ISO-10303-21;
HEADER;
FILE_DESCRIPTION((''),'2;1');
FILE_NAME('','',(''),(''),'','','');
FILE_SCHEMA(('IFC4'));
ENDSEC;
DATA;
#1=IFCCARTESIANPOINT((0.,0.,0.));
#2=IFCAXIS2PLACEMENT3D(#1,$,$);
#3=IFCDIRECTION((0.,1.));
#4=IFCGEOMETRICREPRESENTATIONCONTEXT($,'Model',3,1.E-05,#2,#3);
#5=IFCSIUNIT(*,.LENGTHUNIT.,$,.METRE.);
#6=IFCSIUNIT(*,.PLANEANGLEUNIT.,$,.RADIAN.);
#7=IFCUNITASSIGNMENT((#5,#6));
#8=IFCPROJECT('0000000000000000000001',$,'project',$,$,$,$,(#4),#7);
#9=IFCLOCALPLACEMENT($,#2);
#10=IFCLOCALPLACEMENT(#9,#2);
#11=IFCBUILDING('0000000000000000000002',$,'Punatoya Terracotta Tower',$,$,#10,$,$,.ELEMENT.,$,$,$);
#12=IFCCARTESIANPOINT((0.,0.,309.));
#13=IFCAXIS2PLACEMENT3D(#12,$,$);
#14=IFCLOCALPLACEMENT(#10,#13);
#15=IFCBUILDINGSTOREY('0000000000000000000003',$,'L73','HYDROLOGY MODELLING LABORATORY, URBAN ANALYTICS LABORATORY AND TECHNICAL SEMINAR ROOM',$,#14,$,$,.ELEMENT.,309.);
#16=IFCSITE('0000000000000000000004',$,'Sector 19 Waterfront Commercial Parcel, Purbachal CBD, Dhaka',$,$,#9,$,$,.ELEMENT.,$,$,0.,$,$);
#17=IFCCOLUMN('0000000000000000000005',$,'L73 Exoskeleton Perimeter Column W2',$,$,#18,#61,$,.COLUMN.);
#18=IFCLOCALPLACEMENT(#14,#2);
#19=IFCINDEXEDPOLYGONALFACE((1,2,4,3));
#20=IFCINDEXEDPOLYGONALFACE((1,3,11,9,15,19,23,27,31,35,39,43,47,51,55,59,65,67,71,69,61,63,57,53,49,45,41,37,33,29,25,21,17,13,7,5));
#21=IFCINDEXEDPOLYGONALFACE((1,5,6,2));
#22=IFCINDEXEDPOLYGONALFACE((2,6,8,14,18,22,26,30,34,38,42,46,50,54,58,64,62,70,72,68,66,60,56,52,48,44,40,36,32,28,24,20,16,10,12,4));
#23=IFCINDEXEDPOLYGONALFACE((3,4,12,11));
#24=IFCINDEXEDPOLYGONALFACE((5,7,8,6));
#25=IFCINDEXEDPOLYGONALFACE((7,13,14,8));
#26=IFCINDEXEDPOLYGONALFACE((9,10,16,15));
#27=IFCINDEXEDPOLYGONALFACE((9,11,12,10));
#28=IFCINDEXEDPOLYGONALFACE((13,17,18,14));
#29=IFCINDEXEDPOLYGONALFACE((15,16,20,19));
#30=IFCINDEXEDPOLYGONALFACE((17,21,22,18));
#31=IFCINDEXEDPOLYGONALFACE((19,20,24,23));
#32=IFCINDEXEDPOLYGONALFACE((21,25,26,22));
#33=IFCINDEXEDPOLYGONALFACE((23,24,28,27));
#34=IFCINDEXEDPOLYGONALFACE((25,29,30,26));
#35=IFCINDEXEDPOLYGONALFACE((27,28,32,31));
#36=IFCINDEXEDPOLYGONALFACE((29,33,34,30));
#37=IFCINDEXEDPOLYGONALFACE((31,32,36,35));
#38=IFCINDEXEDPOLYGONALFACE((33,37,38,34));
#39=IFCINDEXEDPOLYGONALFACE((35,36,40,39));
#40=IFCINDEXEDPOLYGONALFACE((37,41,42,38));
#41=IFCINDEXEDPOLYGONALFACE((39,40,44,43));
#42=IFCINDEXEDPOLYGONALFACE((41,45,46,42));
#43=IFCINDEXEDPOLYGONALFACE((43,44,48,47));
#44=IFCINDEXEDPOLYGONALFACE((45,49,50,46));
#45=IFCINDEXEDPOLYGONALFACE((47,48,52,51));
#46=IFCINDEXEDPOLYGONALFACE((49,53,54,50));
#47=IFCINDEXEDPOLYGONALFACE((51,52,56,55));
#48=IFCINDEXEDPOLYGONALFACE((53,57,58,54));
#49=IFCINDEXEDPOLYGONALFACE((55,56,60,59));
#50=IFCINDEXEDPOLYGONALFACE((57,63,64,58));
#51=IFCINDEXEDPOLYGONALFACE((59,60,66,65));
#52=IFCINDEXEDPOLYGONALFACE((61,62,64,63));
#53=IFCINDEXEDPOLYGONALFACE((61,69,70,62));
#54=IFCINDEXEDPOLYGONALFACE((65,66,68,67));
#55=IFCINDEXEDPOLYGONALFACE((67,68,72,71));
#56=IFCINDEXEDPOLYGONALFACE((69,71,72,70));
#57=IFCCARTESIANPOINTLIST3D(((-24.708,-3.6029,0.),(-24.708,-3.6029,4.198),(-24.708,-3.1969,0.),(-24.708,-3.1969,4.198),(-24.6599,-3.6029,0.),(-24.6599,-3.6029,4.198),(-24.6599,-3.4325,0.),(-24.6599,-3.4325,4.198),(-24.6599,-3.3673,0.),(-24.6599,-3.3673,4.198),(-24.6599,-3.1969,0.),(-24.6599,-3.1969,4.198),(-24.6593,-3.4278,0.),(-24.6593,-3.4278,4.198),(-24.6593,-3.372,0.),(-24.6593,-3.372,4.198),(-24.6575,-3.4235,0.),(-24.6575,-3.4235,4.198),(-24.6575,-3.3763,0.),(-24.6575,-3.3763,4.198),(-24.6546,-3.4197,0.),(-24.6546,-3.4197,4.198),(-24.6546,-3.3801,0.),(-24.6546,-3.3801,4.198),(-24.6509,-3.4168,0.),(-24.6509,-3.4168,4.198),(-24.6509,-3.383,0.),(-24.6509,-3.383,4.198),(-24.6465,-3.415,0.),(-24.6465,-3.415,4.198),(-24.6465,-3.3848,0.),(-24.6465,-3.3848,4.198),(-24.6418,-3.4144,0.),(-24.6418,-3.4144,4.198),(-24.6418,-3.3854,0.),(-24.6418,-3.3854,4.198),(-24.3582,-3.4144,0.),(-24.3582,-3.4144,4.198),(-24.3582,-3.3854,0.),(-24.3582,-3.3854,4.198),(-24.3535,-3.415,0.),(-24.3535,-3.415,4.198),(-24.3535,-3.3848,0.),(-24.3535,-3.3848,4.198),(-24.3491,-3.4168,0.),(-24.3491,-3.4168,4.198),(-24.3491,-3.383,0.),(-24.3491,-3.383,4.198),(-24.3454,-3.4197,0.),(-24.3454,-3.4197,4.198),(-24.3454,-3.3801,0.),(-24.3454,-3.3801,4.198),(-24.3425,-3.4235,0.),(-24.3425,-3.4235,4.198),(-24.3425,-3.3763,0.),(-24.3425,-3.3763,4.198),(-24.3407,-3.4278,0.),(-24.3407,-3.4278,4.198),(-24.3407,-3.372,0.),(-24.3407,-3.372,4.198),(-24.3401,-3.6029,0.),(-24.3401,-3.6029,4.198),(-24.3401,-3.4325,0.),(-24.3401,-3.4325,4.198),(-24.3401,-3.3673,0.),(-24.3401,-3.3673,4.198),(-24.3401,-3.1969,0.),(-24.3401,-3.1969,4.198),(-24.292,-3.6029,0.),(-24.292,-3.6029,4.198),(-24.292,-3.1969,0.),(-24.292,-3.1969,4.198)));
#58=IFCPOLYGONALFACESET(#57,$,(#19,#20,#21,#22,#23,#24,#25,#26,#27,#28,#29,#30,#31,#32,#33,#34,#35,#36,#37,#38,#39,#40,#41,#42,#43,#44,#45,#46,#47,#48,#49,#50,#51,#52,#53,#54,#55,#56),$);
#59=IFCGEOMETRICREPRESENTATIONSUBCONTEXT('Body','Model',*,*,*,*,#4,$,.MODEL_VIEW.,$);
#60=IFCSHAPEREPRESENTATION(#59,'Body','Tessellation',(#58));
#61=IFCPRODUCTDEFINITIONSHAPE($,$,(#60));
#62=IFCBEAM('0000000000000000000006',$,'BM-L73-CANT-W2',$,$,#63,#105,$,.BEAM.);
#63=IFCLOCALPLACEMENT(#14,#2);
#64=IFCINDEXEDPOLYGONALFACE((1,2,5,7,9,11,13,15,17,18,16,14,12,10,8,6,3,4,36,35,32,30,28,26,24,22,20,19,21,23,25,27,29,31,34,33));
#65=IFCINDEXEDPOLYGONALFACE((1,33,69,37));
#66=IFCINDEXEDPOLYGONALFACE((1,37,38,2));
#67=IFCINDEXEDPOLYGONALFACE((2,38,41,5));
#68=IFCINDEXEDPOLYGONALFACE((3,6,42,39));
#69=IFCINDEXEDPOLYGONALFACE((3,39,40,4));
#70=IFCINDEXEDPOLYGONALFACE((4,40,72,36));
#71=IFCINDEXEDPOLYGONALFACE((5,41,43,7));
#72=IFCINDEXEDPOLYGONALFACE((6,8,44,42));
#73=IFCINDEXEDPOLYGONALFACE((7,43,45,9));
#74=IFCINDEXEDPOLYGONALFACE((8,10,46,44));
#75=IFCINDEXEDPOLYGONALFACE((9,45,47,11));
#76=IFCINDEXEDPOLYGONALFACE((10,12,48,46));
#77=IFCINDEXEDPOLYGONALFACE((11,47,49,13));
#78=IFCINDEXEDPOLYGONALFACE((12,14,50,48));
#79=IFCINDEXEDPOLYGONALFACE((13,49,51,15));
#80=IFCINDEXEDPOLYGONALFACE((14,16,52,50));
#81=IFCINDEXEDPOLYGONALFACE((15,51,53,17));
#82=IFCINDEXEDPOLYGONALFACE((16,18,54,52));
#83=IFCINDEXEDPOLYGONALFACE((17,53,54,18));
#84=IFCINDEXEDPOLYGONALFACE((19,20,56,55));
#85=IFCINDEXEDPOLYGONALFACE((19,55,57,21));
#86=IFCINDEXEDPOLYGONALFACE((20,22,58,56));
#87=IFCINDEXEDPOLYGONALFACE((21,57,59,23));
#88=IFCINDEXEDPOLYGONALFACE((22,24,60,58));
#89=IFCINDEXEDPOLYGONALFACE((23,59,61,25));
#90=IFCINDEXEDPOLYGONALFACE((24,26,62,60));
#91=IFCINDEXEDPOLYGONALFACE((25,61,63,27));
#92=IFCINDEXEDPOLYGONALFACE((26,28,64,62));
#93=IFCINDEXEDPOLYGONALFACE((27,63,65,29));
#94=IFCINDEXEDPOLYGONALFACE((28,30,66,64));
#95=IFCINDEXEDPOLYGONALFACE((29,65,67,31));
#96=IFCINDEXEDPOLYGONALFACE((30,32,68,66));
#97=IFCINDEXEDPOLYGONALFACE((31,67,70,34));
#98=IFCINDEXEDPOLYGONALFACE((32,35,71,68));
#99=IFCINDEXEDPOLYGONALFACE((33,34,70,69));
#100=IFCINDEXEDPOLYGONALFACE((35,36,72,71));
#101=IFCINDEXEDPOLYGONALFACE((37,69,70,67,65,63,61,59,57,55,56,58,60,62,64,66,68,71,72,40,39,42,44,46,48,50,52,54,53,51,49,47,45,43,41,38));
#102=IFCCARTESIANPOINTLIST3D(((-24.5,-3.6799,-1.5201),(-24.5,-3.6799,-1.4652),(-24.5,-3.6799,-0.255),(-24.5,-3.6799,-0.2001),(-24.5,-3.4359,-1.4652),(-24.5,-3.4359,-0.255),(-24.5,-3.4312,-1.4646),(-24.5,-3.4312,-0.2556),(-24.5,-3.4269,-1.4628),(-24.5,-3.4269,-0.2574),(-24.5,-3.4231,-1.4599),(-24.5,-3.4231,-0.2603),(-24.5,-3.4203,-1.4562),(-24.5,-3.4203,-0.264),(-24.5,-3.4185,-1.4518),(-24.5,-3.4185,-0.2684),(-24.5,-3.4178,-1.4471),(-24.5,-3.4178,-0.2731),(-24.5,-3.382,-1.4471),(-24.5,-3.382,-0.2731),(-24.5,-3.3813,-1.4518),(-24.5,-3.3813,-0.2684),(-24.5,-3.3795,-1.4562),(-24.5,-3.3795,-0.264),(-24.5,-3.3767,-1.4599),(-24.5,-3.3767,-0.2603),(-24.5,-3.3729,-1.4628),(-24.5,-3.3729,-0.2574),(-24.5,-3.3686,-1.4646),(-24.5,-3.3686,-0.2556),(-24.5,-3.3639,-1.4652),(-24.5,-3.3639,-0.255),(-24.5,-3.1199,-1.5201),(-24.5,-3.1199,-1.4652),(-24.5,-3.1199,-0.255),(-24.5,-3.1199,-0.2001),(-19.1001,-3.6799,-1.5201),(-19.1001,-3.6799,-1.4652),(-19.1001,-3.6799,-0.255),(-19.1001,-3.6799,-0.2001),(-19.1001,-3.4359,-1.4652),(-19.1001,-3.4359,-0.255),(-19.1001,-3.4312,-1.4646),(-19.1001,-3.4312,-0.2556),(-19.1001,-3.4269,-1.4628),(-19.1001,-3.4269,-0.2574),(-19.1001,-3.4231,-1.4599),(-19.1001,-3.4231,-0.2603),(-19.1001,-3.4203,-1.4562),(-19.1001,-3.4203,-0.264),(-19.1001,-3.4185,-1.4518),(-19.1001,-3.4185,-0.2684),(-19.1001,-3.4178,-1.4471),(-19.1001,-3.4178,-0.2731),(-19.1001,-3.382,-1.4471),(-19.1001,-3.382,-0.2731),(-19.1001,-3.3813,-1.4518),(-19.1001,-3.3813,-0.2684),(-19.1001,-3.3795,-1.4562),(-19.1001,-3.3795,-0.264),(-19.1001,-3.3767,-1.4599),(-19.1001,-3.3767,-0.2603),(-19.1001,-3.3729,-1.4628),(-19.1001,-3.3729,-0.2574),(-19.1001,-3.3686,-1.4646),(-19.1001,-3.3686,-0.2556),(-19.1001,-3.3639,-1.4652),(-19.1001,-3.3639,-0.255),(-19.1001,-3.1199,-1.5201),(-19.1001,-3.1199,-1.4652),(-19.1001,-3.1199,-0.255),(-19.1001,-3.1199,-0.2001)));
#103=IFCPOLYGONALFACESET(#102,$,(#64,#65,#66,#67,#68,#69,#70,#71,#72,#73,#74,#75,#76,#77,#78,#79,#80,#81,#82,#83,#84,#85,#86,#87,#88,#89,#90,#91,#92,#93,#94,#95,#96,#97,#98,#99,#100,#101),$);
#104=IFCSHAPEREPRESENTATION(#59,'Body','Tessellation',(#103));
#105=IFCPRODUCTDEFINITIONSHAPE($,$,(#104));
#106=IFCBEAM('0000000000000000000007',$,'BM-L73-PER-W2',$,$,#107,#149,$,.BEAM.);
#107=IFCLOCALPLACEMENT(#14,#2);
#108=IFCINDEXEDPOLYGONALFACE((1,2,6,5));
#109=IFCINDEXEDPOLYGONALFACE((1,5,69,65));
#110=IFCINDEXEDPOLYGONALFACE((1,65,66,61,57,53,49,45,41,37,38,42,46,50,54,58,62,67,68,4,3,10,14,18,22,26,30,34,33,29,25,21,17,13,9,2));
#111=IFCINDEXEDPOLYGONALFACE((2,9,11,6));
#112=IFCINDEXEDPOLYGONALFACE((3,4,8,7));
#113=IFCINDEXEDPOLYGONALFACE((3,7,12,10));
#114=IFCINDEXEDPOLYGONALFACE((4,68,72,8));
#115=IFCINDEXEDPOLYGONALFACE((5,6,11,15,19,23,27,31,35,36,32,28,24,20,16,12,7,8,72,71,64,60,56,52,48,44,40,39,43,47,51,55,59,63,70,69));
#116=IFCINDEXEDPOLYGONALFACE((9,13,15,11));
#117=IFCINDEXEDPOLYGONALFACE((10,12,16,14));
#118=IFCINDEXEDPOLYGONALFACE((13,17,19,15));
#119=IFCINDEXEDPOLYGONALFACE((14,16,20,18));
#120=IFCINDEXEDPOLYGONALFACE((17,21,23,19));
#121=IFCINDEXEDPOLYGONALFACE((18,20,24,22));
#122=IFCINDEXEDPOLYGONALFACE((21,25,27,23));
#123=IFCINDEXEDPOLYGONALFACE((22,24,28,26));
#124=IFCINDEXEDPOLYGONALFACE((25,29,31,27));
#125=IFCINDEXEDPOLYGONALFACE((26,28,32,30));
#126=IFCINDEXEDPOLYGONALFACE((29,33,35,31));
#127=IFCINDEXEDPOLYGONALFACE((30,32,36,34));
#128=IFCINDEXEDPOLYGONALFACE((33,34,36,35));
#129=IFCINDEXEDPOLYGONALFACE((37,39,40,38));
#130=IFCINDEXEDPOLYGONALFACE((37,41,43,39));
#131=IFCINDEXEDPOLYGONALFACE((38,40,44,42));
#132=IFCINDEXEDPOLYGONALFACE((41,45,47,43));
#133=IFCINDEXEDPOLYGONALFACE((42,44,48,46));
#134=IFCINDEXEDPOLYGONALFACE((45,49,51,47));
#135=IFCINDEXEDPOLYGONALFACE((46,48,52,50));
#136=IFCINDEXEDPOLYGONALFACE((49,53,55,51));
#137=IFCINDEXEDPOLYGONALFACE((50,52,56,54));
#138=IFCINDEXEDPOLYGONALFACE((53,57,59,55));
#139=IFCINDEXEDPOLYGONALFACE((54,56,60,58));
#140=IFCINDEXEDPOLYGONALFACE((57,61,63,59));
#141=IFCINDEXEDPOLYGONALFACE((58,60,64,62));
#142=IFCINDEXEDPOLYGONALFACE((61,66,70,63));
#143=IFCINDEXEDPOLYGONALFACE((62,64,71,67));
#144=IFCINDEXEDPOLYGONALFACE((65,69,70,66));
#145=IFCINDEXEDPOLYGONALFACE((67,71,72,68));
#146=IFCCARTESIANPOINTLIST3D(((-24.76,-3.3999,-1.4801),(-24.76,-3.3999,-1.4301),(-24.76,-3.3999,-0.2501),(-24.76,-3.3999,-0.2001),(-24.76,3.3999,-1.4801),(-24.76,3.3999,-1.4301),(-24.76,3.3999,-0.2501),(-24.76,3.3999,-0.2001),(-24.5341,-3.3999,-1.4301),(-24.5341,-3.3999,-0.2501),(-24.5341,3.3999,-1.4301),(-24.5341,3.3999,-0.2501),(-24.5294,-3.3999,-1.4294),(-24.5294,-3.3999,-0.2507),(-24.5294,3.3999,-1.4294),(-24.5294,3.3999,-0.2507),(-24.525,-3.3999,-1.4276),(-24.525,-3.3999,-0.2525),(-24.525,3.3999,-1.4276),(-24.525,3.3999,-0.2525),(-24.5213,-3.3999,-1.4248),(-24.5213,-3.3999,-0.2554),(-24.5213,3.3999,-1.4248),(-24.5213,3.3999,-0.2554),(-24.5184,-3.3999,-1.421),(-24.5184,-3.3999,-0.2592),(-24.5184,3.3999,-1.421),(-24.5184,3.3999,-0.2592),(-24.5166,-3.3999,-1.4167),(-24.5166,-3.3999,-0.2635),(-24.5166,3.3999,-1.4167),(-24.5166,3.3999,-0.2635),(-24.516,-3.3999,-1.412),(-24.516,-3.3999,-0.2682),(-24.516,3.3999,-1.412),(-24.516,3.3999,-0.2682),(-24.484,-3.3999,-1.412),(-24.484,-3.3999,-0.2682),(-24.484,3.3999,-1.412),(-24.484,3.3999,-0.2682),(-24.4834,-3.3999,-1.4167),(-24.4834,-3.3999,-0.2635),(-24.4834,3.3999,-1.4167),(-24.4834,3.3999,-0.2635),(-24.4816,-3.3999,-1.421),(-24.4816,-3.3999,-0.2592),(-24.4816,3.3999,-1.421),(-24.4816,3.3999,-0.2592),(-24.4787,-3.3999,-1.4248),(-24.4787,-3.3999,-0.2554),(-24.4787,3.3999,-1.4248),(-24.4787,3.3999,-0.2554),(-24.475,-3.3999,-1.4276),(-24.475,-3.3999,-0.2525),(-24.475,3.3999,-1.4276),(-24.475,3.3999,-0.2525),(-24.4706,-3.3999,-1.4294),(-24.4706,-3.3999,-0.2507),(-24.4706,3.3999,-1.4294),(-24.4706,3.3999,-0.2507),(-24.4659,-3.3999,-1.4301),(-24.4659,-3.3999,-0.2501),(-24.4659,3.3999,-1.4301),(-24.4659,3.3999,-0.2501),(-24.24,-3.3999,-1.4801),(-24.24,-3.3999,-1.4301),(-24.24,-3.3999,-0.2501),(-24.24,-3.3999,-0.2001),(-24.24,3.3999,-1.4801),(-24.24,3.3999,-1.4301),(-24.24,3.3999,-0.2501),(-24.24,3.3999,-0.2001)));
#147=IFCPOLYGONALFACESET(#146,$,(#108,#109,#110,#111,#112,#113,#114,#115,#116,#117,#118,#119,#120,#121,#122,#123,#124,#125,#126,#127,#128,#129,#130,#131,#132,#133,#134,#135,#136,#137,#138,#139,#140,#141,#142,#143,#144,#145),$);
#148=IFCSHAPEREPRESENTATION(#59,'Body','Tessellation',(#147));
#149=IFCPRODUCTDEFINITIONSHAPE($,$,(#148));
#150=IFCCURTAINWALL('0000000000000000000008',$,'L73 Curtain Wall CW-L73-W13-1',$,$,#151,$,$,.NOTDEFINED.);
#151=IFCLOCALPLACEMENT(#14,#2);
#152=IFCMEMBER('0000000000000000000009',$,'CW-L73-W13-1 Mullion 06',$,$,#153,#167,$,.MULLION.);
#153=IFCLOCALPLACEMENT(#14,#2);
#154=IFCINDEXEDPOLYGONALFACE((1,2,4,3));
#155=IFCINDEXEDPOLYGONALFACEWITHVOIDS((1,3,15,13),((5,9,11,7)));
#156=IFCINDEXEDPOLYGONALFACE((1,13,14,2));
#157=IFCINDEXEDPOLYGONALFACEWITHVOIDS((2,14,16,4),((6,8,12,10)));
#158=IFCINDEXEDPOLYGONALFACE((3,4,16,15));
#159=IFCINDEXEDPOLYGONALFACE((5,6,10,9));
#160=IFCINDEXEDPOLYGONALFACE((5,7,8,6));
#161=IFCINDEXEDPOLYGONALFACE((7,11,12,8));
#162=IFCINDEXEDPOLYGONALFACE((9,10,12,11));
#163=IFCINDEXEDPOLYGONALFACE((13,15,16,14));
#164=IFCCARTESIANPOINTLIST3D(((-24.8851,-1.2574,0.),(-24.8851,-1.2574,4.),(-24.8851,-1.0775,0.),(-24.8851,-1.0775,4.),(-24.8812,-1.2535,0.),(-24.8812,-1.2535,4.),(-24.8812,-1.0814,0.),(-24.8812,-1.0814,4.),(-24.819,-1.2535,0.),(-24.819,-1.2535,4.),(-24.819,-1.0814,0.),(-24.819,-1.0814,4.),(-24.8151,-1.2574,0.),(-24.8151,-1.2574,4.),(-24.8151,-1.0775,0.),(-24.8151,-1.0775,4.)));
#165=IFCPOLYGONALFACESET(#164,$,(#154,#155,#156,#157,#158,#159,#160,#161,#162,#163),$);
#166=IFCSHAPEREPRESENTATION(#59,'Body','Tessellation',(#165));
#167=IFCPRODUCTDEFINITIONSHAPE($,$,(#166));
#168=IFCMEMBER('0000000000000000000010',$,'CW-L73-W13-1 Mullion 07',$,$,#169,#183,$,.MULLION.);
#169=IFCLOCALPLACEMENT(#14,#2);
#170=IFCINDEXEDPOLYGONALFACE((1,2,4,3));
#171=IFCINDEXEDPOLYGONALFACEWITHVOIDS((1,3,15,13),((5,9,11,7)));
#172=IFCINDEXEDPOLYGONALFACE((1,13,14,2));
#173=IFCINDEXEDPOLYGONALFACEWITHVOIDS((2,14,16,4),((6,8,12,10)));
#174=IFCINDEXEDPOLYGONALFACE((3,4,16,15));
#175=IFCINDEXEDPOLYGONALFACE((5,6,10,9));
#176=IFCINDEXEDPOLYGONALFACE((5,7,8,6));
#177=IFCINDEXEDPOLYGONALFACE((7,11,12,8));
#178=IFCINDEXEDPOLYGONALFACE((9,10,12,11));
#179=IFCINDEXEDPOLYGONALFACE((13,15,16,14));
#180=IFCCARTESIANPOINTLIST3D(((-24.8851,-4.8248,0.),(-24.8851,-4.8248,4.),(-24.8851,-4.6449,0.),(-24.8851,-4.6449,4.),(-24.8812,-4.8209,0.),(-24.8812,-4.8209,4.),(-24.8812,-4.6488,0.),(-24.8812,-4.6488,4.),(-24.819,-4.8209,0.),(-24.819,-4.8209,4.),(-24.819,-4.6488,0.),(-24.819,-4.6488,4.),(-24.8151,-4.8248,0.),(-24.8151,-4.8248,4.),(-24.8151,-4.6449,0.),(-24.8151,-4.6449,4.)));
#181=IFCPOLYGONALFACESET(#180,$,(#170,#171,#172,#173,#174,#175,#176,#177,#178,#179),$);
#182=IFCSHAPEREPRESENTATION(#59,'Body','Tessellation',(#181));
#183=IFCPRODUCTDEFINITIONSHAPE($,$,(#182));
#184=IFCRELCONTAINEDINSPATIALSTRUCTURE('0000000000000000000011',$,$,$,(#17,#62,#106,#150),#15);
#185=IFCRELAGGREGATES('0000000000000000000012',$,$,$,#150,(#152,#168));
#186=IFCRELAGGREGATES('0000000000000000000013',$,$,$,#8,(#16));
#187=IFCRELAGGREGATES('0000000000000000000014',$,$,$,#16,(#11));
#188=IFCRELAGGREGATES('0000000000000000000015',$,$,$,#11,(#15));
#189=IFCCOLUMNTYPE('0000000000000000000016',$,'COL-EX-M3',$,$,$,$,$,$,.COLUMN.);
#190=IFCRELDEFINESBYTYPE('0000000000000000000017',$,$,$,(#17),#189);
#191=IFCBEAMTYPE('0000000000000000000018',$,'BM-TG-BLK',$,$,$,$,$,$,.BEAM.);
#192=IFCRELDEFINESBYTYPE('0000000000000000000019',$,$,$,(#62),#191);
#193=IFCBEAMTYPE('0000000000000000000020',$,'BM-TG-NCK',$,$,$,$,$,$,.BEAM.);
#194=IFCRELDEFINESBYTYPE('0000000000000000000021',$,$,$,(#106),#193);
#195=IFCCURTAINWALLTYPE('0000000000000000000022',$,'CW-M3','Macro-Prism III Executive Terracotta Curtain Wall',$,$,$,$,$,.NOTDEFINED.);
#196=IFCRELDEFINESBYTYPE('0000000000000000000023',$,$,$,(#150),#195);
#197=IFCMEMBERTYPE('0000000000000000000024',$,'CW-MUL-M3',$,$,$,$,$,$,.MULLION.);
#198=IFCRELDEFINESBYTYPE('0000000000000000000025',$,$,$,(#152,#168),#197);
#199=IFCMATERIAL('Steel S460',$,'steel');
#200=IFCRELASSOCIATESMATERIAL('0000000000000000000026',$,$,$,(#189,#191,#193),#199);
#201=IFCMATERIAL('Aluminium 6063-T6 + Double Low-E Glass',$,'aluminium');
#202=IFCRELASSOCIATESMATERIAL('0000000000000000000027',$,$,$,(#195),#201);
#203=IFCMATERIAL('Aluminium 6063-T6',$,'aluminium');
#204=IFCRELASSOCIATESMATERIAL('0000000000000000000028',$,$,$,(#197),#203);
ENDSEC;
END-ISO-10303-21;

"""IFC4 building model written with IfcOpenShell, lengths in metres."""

from ifc_helpers import new_model, si_unit, direction, frame, origin, origin_2d, place, context, subcontext, project, spatial, hollow_rectangle, i_section, extrude, material, material_profile, profile_set, type_object, element, aggregate, save


model = new_model("IFC4")

# Units and contexts
model_context = context("Model", 3, precision=1e-05, world=origin(), true_north=direction((0.0, 1.0)))
body_context = subcontext(model_context, "Body", "Model", "MODEL_VIEW")
ifc_project = project(units=[si_unit("LENGTHUNIT", "METRE"), si_unit("PLANEANGLEUNIT", "RADIAN")], contexts=[model_context])

# Site, building, storey
site_placement = place(None, origin())
site = spatial("IfcSite", under=ifc_project, at=site_placement, Name="Sector 19 Waterfront Commercial Parcel, Purbachal CBD, Dhaka", CompositionType="ELEMENT", RefElevation=0.0)
building_placement = place(site_placement, origin())
building = spatial("IfcBuilding", under=site, at=building_placement, Name="Punatoya Terracotta Tower", CompositionType="ELEMENT")
storey_placement = place(building_placement, frame((0.0, 0.0, 309.0)))
storey = spatial("IfcBuildingStorey", under=building, at=storey_placement, Name="L73", Description="HYDROLOGY MODELLING LABORATORY, URBAN ANALYTICS LABORATORY AND TECHNICAL SEMINAR ROOM", CompositionType="ELEMENT", Elevation=309.0)

# Column
ifc_material_1 = material(Name="Steel S460", Category="steel")
ifc_material_profile_1 = material_profile(ifc_material_1, i_section(OverallWidth=0.406, OverallDepth=0.416, WebThickness=0.0291, FlangeThickness=0.0481, FilletRadius=0.0181, at=origin_2d()))
ifc_profile_set_1 = profile_set([ifc_material_profile_1], Name="Steel S460")
column_type = type_object("IfcColumnType", Name="COL-EX-M3", PredefinedType="COLUMN", material=ifc_profile_set_1)
column_placement = place(storey_placement, frame((-24.5, -3.3999, 0.0), z_axis=(0.0, 0.0, 1.0), x_axis=(0.0, 1.0, 0.0)))
element("IfcColumn", 1, at=column_placement, inside=storey, type_object=column_type, Name="L73 Exoskeleton Perimeter Column W2", PredefinedType="COLUMN", context=body_context, shape_type="SweptSolid", body=[
    extrude(i_section(OverallWidth=0.406, OverallDepth=0.416, WebThickness=0.0291, FlangeThickness=0.0481, FilletRadius=0.0181, at=origin_2d()), origin(), (0.0, 0.0, 1.0), 4.198),
])

# Beams
ifc_material_profile_2 = material_profile(ifc_material_1, i_section(OverallWidth=0.5601, OverallDepth=1.3201, WebThickness=0.0359, FlangeThickness=0.0549, FilletRadius=0.0181, at=origin_2d()))
ifc_profile_set_2 = profile_set([ifc_material_profile_2], Name="Steel S460")
beam_type_1 = type_object("IfcBeamType", Name="BM-TG-BLK", PredefinedType="BEAM", material=ifc_profile_set_2)
beam_1_placement = place(storey_placement, frame((-24.5, -3.3999, -0.8601), z_axis=(1.0, 0.0, 0.0), x_axis=(0.0, 1.0, 0.0)))
element("IfcBeam", 2, at=beam_1_placement, inside=storey, type_object=beam_type_1, Name="BM-L73-CANT-W2", PredefinedType="BEAM", context=body_context, shape_type="SweptSolid", body=[
    extrude(i_section(OverallWidth=0.5601, OverallDepth=1.3201, WebThickness=0.0359, FlangeThickness=0.0549, FilletRadius=0.0181, at=origin_2d()), origin(), (0.0, 0.0, 1.0), 5.3999),
])
ifc_material_profile_3 = material_profile(ifc_material_1, i_section(OverallWidth=0.52, OverallDepth=1.28, WebThickness=0.032, FlangeThickness=0.05, FilletRadius=0.0181, at=origin_2d()))
ifc_profile_set_3 = profile_set([ifc_material_profile_3], Name="Steel S460")
beam_type_2 = type_object("IfcBeamType", Name="BM-TG-NCK", PredefinedType="BEAM", material=ifc_profile_set_3)
beam_2_placement = place(storey_placement, frame((-24.5, -3.3999, -0.8401), z_axis=(0.0, 1.0, 0.0), x_axis=(-1.0, 0.0, 0.0)))
element("IfcBeam", 3, at=beam_2_placement, inside=storey, type_object=beam_type_2, Name="BM-L73-PER-W2", PredefinedType="BEAM", context=body_context, shape_type="SweptSolid", body=[
    extrude(i_section(OverallWidth=0.52, OverallDepth=1.28, WebThickness=0.032, FlangeThickness=0.05, FilletRadius=0.0181, at=origin_2d()), origin(), (0.0, 0.0, 1.0), 6.7998),
])

# Curtain wall, members
ifc_material_2 = material(Name="Aluminium 6063-T6 + Double Low-E Glass", Category="aluminium")
curtain_wall_type = type_object("IfcCurtainWallType", Name="CW-M3", Description="Macro-Prism III Executive Terracotta Curtain Wall", PredefinedType="NOTDEFINED", material=ifc_material_2)
curtain_wall_1_placement = place(storey_placement, origin())
curtain_wall_1 = element("IfcCurtainWall", 4, at=curtain_wall_1_placement, inside=storey, type_object=curtain_wall_type, Name="L73 Curtain Wall CW-L73-W13-1", PredefinedType="NOTDEFINED")
ifc_material_3 = material(Name="Aluminium 6063-T6", Category="aluminium")
ifc_material_profile_4 = material_profile(ifc_material_3, hollow_rectangle(XDim=0.0701, YDim=0.1799, WallThickness=0.0039, at=origin_2d()))
ifc_profile_set_4 = profile_set([ifc_material_profile_4], Name="Aluminium 6063-T6")
member_type_1 = type_object("IfcMemberType", Name="CW-MUL-M3", PredefinedType="MULLION", material=ifc_profile_set_4)
member_1_placement = place(storey_placement, frame((-24.8501, -1.1675, 0.0), z_axis=(0.0, 0.0, 1.0), x_axis=(1.0, 0.0, 0.0)))
member_1 = element("IfcMember", 5, at=member_1_placement, type_object=member_type_1, Name="CW-L73-W13-1 Mullion 06", PredefinedType="MULLION", context=body_context, shape_type="SweptSolid", body=[
    extrude(hollow_rectangle(XDim=0.0701, YDim=0.1799, WallThickness=0.0039, at=origin_2d()), origin(), (0.0, 0.0, 1.0), 4.0),
])
member_2_placement = place(storey_placement, frame((-24.8501, -4.7349, 0.0), z_axis=(0.0, 0.0, 1.0), x_axis=(1.0, 0.0, 0.0)))
member_2 = element("IfcMember", 6, at=member_2_placement, type_object=member_type_1, Name="CW-L73-W13-1 Mullion 07", PredefinedType="MULLION", context=body_context, shape_type="SweptSolid", body=[
    extrude(hollow_rectangle(XDim=0.0701, YDim=0.1799, WallThickness=0.0039, at=origin_2d()), origin(), (0.0, 0.0, 1.0), 4.0),
])

aggregate(curtain_wall_1, [member_1, member_2])

save(model, "model.ifc")
